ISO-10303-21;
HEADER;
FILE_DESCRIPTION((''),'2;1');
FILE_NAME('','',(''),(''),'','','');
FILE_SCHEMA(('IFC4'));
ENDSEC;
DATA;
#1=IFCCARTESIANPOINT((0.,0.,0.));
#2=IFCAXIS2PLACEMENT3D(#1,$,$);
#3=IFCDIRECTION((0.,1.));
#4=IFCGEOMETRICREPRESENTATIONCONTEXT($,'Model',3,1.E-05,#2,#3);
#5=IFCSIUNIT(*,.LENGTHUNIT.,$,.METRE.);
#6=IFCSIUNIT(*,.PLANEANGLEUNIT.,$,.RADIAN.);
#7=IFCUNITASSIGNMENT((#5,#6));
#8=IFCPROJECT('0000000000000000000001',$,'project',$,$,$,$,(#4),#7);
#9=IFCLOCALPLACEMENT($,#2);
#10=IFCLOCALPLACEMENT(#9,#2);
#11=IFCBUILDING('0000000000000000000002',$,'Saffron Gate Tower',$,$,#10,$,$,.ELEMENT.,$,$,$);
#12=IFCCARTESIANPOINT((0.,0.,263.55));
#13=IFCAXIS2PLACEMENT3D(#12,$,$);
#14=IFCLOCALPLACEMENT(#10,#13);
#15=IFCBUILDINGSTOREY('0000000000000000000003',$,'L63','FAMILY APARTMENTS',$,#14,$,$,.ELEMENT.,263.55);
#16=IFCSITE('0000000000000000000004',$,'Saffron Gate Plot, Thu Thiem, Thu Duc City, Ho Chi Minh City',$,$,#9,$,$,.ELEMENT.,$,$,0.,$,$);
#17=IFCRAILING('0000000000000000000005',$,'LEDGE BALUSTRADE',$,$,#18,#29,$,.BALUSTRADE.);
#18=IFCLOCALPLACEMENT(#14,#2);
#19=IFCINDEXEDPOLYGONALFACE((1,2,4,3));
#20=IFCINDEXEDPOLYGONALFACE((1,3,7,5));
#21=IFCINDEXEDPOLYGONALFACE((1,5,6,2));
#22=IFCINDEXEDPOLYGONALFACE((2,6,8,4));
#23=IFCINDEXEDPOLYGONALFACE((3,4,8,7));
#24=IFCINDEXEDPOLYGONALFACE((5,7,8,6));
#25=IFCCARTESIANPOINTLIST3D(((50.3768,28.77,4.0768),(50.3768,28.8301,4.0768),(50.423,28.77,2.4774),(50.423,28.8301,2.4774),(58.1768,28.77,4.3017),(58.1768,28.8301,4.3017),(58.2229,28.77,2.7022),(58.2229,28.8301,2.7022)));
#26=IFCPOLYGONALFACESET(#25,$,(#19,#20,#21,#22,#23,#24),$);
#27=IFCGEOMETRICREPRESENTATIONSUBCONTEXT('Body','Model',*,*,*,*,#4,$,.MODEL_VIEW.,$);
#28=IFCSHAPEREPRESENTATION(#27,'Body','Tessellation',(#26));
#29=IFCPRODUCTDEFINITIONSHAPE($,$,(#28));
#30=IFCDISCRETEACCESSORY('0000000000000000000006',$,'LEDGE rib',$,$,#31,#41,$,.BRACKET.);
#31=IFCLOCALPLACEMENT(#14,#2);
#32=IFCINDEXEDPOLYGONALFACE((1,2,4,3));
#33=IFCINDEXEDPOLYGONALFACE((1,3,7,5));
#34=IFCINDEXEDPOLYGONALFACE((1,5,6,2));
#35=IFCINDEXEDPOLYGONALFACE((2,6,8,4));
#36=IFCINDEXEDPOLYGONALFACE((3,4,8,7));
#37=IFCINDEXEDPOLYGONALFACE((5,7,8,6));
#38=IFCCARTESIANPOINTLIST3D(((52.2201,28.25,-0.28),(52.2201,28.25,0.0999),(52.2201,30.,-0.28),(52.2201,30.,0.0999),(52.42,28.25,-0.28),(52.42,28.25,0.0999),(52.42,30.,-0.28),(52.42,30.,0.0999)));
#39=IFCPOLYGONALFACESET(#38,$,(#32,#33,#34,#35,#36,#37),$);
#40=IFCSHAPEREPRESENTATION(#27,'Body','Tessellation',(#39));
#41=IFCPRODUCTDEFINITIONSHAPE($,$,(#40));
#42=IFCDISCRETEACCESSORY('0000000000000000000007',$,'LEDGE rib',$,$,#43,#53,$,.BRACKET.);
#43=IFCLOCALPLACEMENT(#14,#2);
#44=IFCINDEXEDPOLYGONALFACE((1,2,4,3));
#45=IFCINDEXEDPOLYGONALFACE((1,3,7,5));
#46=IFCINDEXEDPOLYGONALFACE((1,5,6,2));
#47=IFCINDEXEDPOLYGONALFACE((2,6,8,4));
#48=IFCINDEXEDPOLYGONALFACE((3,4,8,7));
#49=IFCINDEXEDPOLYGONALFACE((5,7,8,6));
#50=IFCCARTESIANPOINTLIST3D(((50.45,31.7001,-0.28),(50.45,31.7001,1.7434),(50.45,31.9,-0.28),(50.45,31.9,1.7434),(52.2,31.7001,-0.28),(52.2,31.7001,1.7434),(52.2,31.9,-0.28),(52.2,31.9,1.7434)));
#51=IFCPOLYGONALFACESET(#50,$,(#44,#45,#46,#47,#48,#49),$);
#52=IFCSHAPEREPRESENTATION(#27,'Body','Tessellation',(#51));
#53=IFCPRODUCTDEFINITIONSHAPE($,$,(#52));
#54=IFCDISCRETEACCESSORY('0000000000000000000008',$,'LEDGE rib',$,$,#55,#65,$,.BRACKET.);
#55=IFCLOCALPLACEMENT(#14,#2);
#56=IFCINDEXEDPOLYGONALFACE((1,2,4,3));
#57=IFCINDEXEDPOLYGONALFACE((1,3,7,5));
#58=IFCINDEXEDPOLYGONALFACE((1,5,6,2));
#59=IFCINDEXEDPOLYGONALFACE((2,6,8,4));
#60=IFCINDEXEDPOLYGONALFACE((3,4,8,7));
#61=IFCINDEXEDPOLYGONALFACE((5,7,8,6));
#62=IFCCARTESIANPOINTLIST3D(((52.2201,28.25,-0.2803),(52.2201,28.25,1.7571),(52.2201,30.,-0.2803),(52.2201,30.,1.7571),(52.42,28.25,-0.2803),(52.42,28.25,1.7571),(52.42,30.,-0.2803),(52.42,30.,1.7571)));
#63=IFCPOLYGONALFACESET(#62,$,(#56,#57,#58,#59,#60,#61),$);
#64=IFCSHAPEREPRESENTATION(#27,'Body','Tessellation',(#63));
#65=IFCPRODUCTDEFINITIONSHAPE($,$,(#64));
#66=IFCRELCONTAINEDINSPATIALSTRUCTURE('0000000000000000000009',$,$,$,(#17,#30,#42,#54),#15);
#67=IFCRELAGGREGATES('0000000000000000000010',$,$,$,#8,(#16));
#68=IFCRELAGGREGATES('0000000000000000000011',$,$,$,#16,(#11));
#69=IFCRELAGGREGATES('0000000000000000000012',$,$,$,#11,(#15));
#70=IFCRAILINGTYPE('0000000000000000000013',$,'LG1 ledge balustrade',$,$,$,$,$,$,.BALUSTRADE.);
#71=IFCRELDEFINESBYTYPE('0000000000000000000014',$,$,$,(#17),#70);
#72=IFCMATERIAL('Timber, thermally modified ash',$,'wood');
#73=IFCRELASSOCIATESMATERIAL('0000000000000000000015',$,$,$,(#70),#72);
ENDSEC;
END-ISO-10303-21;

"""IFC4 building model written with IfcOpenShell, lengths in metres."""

from ifc_helpers import new_model, si_unit, direction, frame, origin, origin_2d, place, context, subcontext, project, spatial, rectangle, extrude, material, type_object, element, save


model = new_model("IFC4")

# Units and contexts
model_context = context("Model", 3, precision=1e-05, world=origin(), true_north=direction((0.0, 1.0)))
body_context = subcontext(model_context, "Body", "Model", "MODEL_VIEW")
ifc_project = project(units=[si_unit("LENGTHUNIT", "METRE"), si_unit("PLANEANGLEUNIT", "RADIAN")], contexts=[model_context])

# Site, building, storey
site_placement = place(None, origin())
site = spatial("IfcSite", under=ifc_project, at=site_placement, Name="Saffron Gate Plot, Thu Thiem, Thu Duc City, Ho Chi Minh City", CompositionType="ELEMENT", RefElevation=0.0)
building_placement = place(site_placement, origin())
building = spatial("IfcBuilding", under=site, at=building_placement, Name="Saffron Gate Tower", CompositionType="ELEMENT")
storey_placement = place(building_placement, frame((0.0, 0.0, 263.55)))
storey = spatial("IfcBuildingStorey", under=building, at=storey_placement, Name="L63", Description="FAMILY APARTMENTS", CompositionType="ELEMENT", Elevation=263.55)

# Shared definitions
ifc_material_1 = material(Name="Timber, thermally modified ash", Category="wood")

# Railing
railing_type = type_object("IfcRailingType", Name="LG1 ledge balustrade", PredefinedType="BALUSTRADE", material=ifc_material_1)
railing_1_placement = place(storey_placement, frame((50.3999, 28.8, 2.4771)))
element("IfcRailing", 1, at=railing_1_placement, inside=storey, type_object=railing_type, Name="LEDGE BALUSTRADE", PredefinedType="BALUSTRADE", context=body_context, shape_type="SweptSolid", body=[
    extrude(rectangle(XDim=0.0601, YDim=1.6001, at=origin_2d()), frame((0.0, 0.0, 0.8), z_axis=(0.999585, 0.0, 0.028815), x_axis=(0.0, 1.0, 0.0)), (0.0, 0.0, 1.0), 7.8032),
])

# Discrete accessories
discrete_accessory_1_placement = place(storey_placement, frame((52.3201, 29.125, -0.28), z_axis=(0.0, 0.0, 1.0), x_axis=(1.0, 0.0, 0.0)))
element("IfcDiscreteAccessory", 2, at=discrete_accessory_1_placement, inside=storey, Name="LEDGE rib", PredefinedType="BRACKET", context=body_context, shape_type="SweptSolid", body=[
    extrude(rectangle(XDim=0.2, YDim=1.75, at=origin_2d()), origin(), (0.0, 0.0, 1.0), 0.3799),
])
discrete_accessory_2_placement = place(storey_placement, frame((51.325, 31.8, -0.28), z_axis=(0.0, 0.0, 1.0), x_axis=(0.0, -1.0, 0.0)))
element("IfcDiscreteAccessory", 3, at=discrete_accessory_2_placement, inside=storey, Name="LEDGE rib", PredefinedType="BRACKET", context=body_context, shape_type="SweptSolid", body=[
    extrude(rectangle(XDim=0.2, YDim=1.75, at=origin_2d()), origin(), (0.0, 0.0, 1.0), 2.0234),
])
discrete_accessory_3_placement = place(storey_placement, frame((52.3201, 29.125, -0.2803), z_axis=(0.0, 0.0, 1.0), x_axis=(1.0, 0.0, 0.0)))
element("IfcDiscreteAccessory", 4, at=discrete_accessory_3_placement, inside=storey, Name="LEDGE rib", PredefinedType="BRACKET", context=body_context, shape_type="SweptSolid", body=[
    extrude(rectangle(XDim=0.2, YDim=1.75, at=origin_2d()), origin(), (0.0, 0.0, 1.0), 2.0374),
])

save(model, "model.ifc")
